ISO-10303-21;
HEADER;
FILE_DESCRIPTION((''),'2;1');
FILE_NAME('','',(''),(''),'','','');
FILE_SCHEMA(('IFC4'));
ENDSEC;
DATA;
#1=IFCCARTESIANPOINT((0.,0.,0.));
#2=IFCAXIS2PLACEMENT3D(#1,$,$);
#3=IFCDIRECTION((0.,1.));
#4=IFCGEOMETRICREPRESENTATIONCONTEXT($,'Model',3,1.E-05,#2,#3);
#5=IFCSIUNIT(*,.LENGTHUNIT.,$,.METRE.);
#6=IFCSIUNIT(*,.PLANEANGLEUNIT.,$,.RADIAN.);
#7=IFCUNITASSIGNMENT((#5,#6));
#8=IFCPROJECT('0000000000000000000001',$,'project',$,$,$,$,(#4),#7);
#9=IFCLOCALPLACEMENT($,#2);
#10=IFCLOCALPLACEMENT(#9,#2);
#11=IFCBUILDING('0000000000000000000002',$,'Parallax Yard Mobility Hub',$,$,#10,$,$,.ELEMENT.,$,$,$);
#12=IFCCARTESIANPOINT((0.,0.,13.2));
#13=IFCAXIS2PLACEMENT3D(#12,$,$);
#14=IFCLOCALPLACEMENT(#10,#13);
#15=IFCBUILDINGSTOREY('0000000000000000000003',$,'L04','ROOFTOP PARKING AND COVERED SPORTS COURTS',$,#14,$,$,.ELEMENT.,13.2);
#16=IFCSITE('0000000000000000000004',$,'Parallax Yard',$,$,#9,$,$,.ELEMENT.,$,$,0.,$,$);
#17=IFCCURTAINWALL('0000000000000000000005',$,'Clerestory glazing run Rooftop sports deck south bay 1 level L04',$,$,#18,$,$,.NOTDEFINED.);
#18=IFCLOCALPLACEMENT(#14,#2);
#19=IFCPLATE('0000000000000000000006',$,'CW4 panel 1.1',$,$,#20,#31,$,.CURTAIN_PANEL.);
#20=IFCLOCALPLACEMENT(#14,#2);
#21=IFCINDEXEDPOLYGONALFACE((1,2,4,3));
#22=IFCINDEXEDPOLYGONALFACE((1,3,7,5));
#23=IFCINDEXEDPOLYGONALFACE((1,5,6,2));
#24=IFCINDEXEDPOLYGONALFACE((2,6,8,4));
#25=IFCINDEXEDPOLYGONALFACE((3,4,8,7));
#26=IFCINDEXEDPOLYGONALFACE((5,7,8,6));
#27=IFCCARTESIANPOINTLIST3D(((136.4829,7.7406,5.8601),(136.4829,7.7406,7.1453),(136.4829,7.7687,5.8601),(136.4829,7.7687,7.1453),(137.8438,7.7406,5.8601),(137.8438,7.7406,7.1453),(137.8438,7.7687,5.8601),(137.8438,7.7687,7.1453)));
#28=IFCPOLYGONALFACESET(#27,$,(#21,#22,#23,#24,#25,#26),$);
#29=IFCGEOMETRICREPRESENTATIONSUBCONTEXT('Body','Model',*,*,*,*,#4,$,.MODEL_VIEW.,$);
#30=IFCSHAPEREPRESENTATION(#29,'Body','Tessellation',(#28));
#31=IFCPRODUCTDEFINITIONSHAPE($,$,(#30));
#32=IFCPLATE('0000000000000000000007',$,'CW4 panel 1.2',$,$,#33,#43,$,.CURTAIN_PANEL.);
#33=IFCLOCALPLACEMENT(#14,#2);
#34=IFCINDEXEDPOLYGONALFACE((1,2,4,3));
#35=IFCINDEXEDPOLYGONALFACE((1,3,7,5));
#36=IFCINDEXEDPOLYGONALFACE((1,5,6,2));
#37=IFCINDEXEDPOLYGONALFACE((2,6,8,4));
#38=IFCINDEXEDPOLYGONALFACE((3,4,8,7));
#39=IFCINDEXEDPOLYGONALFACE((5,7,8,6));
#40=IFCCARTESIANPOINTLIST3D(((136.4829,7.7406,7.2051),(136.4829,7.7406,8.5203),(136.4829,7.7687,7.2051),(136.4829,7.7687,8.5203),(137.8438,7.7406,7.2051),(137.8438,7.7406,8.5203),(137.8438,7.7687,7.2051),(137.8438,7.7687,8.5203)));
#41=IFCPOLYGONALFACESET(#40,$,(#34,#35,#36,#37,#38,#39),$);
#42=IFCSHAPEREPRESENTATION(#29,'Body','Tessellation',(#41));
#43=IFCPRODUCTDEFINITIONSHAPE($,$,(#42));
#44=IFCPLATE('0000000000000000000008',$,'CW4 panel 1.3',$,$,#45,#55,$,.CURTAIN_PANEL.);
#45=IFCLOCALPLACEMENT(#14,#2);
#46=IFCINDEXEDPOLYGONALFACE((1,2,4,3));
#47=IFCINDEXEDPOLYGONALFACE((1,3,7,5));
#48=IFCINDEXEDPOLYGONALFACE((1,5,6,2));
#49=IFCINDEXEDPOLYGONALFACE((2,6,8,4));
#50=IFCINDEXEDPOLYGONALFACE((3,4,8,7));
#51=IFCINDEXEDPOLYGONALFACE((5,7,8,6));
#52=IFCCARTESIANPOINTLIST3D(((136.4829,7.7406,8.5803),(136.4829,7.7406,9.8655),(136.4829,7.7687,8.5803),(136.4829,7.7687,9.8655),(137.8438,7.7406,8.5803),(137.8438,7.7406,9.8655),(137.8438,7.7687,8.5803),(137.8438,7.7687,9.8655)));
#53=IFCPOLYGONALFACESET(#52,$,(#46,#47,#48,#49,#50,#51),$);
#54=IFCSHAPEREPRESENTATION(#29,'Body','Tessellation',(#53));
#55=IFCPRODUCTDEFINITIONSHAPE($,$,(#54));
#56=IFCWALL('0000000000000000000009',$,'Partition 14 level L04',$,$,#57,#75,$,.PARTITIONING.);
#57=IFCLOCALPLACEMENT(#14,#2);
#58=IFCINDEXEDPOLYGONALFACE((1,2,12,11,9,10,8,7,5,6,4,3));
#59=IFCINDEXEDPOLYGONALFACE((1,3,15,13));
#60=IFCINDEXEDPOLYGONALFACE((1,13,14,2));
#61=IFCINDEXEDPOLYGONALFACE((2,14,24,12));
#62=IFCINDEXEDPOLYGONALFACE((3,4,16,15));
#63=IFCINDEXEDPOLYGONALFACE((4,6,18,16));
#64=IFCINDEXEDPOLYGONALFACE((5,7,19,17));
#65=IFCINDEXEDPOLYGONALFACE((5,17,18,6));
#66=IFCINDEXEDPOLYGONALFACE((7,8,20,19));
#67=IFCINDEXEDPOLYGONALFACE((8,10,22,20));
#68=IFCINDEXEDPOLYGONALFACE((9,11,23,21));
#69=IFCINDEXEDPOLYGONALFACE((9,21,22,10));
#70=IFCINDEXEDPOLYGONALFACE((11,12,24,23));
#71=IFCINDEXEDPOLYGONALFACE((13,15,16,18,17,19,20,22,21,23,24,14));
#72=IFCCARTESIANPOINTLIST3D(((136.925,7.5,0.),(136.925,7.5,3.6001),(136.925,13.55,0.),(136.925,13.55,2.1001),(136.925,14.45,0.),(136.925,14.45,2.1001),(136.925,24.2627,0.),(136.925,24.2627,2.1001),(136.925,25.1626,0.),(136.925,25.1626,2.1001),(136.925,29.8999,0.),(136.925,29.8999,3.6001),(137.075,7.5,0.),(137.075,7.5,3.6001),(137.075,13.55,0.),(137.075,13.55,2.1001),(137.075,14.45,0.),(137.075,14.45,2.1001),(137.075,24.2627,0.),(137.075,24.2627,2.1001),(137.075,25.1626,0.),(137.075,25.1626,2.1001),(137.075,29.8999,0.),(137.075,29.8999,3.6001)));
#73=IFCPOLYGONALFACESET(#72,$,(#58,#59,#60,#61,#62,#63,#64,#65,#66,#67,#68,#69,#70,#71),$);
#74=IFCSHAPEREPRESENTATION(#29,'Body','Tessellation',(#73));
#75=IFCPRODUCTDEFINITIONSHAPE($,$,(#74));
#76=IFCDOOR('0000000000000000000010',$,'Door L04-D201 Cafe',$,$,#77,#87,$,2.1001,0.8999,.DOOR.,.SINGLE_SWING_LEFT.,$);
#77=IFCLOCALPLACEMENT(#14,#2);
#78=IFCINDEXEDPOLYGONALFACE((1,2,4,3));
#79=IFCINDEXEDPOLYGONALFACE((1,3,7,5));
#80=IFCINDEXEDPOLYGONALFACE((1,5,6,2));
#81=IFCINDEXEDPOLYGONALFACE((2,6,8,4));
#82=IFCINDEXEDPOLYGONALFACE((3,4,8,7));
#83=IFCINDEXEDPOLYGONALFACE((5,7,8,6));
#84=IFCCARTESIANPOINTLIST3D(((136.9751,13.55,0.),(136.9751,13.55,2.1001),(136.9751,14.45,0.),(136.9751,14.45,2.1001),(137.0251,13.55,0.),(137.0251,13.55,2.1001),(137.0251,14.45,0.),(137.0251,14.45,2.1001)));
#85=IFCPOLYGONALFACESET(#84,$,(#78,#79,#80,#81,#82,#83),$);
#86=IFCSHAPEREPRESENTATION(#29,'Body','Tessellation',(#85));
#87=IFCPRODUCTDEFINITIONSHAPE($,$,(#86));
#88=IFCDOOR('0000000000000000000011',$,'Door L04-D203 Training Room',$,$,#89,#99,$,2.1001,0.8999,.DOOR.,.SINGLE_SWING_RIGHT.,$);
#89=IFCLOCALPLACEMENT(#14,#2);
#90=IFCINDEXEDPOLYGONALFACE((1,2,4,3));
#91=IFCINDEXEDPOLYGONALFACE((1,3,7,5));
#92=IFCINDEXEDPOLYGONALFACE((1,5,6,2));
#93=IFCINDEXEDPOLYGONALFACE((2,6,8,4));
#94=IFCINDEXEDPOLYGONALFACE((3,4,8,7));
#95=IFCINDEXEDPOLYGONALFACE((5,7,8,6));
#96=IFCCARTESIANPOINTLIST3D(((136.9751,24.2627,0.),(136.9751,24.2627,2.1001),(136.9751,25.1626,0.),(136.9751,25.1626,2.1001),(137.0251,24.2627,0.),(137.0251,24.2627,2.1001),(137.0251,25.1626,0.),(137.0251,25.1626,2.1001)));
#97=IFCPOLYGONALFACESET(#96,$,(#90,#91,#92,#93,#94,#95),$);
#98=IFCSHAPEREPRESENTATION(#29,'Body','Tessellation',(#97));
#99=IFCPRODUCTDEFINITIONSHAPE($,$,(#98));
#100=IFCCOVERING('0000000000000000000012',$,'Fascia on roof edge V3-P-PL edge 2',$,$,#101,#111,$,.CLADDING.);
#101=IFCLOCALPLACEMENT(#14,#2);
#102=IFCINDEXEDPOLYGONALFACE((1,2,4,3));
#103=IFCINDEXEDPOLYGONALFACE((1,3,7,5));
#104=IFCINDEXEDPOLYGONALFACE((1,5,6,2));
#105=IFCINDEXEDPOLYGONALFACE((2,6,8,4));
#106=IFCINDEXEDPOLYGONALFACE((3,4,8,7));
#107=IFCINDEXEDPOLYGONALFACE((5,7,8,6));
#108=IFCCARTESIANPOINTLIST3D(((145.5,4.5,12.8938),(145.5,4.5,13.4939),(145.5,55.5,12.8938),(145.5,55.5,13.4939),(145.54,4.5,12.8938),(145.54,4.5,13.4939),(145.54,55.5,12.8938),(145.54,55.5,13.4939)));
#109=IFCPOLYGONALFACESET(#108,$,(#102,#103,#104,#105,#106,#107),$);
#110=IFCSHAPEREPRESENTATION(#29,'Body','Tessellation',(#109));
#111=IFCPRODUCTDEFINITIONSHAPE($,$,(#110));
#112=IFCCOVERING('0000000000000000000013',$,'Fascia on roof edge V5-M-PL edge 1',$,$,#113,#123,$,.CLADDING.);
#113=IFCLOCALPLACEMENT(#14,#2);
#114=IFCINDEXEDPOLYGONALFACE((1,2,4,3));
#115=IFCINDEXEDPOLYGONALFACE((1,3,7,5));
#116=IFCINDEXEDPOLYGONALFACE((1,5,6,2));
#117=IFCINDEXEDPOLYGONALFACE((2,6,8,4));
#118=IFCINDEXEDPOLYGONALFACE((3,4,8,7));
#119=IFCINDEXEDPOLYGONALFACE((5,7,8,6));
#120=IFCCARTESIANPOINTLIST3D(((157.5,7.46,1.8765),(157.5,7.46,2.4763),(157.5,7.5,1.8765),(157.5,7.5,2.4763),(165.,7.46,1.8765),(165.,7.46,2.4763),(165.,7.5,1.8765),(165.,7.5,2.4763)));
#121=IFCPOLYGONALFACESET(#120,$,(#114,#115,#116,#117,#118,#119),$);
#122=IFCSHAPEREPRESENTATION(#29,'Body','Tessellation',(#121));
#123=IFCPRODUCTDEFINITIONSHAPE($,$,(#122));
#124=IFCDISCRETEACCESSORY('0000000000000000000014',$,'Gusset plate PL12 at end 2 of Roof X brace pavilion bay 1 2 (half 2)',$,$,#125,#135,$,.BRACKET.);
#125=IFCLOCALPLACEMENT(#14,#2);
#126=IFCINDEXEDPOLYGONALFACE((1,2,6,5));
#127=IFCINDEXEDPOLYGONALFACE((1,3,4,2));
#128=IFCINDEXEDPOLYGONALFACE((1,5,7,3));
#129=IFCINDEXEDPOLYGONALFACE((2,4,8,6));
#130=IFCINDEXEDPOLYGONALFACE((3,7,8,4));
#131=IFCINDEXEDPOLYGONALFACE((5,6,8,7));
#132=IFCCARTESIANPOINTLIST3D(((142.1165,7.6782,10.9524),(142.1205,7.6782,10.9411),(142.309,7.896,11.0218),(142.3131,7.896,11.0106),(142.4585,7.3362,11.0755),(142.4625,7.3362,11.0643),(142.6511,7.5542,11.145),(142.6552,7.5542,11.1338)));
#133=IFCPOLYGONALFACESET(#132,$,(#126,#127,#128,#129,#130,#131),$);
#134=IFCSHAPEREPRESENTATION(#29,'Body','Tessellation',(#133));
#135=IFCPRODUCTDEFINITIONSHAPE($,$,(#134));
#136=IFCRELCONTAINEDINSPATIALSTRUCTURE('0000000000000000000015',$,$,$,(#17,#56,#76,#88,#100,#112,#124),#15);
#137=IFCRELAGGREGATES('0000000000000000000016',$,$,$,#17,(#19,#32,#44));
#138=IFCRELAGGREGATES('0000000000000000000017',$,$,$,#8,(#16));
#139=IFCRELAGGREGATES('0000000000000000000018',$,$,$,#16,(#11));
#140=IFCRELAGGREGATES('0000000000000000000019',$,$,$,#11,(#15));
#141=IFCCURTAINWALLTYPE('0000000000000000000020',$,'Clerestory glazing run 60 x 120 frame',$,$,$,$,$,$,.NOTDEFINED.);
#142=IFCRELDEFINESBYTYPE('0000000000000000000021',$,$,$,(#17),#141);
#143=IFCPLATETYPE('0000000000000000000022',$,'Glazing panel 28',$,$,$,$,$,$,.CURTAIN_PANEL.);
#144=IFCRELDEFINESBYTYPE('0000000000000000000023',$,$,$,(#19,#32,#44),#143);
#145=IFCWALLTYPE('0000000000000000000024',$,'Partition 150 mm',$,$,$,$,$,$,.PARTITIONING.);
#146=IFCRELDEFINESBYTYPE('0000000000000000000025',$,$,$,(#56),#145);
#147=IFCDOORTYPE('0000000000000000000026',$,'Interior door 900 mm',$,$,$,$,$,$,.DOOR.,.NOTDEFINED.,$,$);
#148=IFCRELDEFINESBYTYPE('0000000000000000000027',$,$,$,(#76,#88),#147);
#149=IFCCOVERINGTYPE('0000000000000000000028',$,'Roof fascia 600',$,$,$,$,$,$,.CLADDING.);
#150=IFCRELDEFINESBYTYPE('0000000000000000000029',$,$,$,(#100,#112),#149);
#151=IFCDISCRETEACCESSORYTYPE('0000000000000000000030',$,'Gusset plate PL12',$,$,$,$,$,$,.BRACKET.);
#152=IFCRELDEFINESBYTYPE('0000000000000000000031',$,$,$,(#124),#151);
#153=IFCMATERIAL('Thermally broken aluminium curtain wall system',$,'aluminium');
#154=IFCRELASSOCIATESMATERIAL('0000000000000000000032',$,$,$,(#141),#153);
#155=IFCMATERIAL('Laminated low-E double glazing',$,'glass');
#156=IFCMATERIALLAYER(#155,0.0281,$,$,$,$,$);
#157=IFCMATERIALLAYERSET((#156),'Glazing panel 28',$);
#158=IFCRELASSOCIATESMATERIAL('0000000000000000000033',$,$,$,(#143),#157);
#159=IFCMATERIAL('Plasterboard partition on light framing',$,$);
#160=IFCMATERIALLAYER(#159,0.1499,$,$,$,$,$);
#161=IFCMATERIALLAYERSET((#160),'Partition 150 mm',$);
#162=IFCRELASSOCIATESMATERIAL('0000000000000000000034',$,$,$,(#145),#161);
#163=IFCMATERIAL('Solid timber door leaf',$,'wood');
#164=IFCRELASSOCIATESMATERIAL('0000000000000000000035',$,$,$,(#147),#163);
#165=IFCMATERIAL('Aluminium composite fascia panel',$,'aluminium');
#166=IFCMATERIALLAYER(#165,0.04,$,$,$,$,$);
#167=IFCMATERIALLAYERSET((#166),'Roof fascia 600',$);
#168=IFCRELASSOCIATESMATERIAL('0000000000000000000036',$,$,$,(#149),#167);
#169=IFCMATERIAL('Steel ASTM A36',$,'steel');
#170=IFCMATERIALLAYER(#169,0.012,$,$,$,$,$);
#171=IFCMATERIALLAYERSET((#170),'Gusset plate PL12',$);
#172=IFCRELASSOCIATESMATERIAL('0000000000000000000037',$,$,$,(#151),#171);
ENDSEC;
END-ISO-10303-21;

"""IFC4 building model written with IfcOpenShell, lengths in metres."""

from ifc_helpers import new_model, si_unit, direction, frame, frame_2d, origin, origin_2d, place, context, subcontext, project, spatial, polyline, rectangle, outline, extrude, material, layer, layer_set, type_object, element, fill, aggregate, save


model = new_model("IFC4")

# Units and contexts
model_context = context("Model", 3, precision=1e-05, world=origin(), true_north=direction((0.0, 1.0)))
body_context = subcontext(model_context, "Body", "Model", "MODEL_VIEW")
ifc_project = project(units=[si_unit("LENGTHUNIT", "METRE"), si_unit("PLANEANGLEUNIT", "RADIAN")], contexts=[model_context])

# Site, building, storey
site_placement = place(None, origin())
site = spatial("IfcSite", under=ifc_project, at=site_placement, Name="Parallax Yard", CompositionType="ELEMENT", RefElevation=0.0)
building_placement = place(site_placement, origin())
building = spatial("IfcBuilding", under=site, at=building_placement, Name="Parallax Yard Mobility Hub", CompositionType="ELEMENT")
storey_placement = place(building_placement, frame((0.0, 0.0, 13.2)))
storey = spatial("IfcBuildingStorey", under=building, at=storey_placement, Name="L04", Description="ROOFTOP PARKING AND COVERED SPORTS COURTS", CompositionType="ELEMENT", Elevation=13.2)

# Shared definitions
ifc_material_1 = material(Name="Thermally broken aluminium curtain wall system", Category="aluminium")
curtain_wall_type = type_object("IfcCurtainWallType", Name="Clerestory glazing run 60 x 120 frame", PredefinedType="NOTDEFINED", material=ifc_material_1)

# Curtain wall
curtain_wall_1_placement = place(storey_placement, origin())
curtain_wall_1 = element("IfcCurtainWall", 1, at=curtain_wall_1_placement, inside=storey, type_object=curtain_wall_type, Name="Clerestory glazing run Rooftop sports deck south bay 1 level L04", PredefinedType="NOTDEFINED")

# Plates
ifc_material_2 = material(Name="Laminated low-E double glazing", Category="glass")
ifc_layer_1 = layer(ifc_material_2, 0.0281)
ifc_layer_set_1 = layer_set([ifc_layer_1], Name="Glazing panel 28")
plate_type = type_object("IfcPlateType", Name="Glazing panel 28", PredefinedType="CURTAIN_PANEL", material=ifc_layer_set_1)
plate_1_placement = place(storey_placement, frame((137.1633, 7.7546, 5.8601), z_axis=(0.0, 0.0, 1.0), x_axis=(1.0, 0.0, 0.0)))
plate_1 = element("IfcPlate", 2, at=plate_1_placement, type_object=plate_type, Name="CW4 panel 1.1", PredefinedType="CURTAIN_PANEL", context=body_context, shape_type="SweptSolid", body=[
    extrude(rectangle(XDim=1.3608, YDim=0.0281, at=origin_2d()), origin(), (0.0, 0.0, 1.0), 1.2852),
])
plate_2_placement = place(storey_placement, frame((137.1633, 7.7546, 7.2051), z_axis=(0.0, 0.0, 1.0), x_axis=(1.0, 0.0, 0.0)))
plate_2 = element("IfcPlate", 3, at=plate_2_placement, type_object=plate_type, Name="CW4 panel 1.2", PredefinedType="CURTAIN_PANEL", context=body_context, shape_type="SweptSolid", body=[
    extrude(rectangle(XDim=1.3608, YDim=0.0281, at=origin_2d()), origin(), (0.0, 0.0, 1.0), 1.3152),
])
plate_3_placement = place(storey_placement, frame((137.1633, 7.7546, 8.5803), z_axis=(0.0, 0.0, 1.0), x_axis=(1.0, 0.0, 0.0)))
plate_3 = element("IfcPlate", 4, at=plate_3_placement, type_object=plate_type, Name="CW4 panel 1.3", PredefinedType="CURTAIN_PANEL", context=body_context, shape_type="SweptSolid", body=[
    extrude(rectangle(XDim=1.3608, YDim=0.0281, at=origin_2d()), origin(), (0.0, 0.0, 1.0), 1.2852),
])
aggregate(curtain_wall_1, [plate_1, plate_2, plate_3])

# Wall, openings, doors
ifc_material_3 = material(Name="Plasterboard partition on light framing")
ifc_layer_2 = layer(ifc_material_3, 0.1499)
ifc_layer_set_2 = layer_set([ifc_layer_2], Name="Partition 150 mm")
wall_type = type_object("IfcWallType", Name="Partition 150 mm", PredefinedType="PARTITIONING", material=ifc_layer_set_2)
wall_placement = place(storey_placement, frame((137.0, 7.5, 0.0), z_axis=(0.0, 0.0, 1.0), x_axis=(0.0, 1.0, 0.0)))
wall = element("IfcWall", 5, at=wall_placement, inside=storey, type_object=wall_type, Name="Partition 14 level L04", PredefinedType="PARTITIONING", context=body_context, shape_type="SweptSolid", body=[
    extrude(rectangle(XDim=22.3999, YDim=0.1499, at=frame_2d((11.2, 0.0))), origin(), (0.0, 0.0, 1.0), 3.6001),
])
opening_1_placement = place(wall_placement, frame((6.05, 0.0, 0.0)))
opening_1 = element("IfcOpeningElement", 6, at=opening_1_placement, cuts=wall, PredefinedType="OPENING", context=body_context, shape_type="SweptSolid", body=[
    extrude(rectangle(XDim=0.8999, YDim=2.1001, at=frame_2d((0.45, 1.05))), frame((0.0, 0.085, 0.0), z_axis=(0.0, -1.0, 0.0), x_axis=(1.0, 0.0, 0.0)), (0.0, 0.0, 1.0), 0.1699),
])
opening_2_placement = place(wall_placement, frame((16.7627, 0.0, 0.0)))
opening_2 = element("IfcOpeningElement", 7, at=opening_2_placement, cuts=wall, PredefinedType="OPENING", context=body_context, shape_type="SweptSolid", body=[
    extrude(rectangle(XDim=0.8999, YDim=2.1001, at=frame_2d((0.45, 1.05))), frame((0.0, 0.085, 0.0), z_axis=(0.0, -1.0, 0.0), x_axis=(1.0, 0.0, 0.0)), (0.0, 0.0, 1.0), 0.1699),
])
ifc_material_4 = material(Name="Solid timber door leaf", Category="wood")
door_type = type_object("IfcDoorType", Name="Interior door 900 mm", OperationType="NOTDEFINED", PredefinedType="DOOR", material=ifc_material_4)
door_1_placement = place(opening_1_placement, origin())
door_1 = element("IfcDoor", 8, at=door_1_placement, inside=storey, type_object=door_type, Name="Door L04-D201 Cafe", OperationType="SINGLE_SWING_LEFT", OverallHeight=2.1001, OverallWidth=0.8999, PredefinedType="DOOR", context=body_context, shape_type="SweptSolid", body=[
    extrude(rectangle(XDim=0.8999, YDim=2.1001, at=frame_2d((0.45, 1.05))), frame((0.0, 0.0249, 0.0), z_axis=(0.0, -1.0, 0.0), x_axis=(1.0, 0.0, 0.0)), (0.0, 0.0, 1.0), 0.05),
])
fill(opening_1, door_1)
door_2_placement = place(opening_2_placement, origin())
door_2 = element("IfcDoor", 9, at=door_2_placement, inside=storey, type_object=door_type, Name="Door L04-D203 Training Room", OperationType="SINGLE_SWING_RIGHT", OverallHeight=2.1001, OverallWidth=0.8999, PredefinedType="DOOR", context=body_context, shape_type="SweptSolid", body=[
    extrude(rectangle(XDim=0.8999, YDim=2.1001, at=frame_2d((0.45, 1.05))), frame((0.0, 0.0249, 0.0), z_axis=(0.0, -1.0, 0.0), x_axis=(1.0, 0.0, 0.0)), (0.0, 0.0, 1.0), 0.05),
])
fill(opening_2, door_2)

# Coverings
ifc_material_5 = material(Name="Aluminium composite fascia panel", Category="aluminium")
ifc_layer_3 = layer(ifc_material_5, 0.04)
ifc_layer_set_3 = layer_set([ifc_layer_3], Name="Roof fascia 600")
covering_type = type_object("IfcCoveringType", Name="Roof fascia 600", PredefinedType="CLADDING", material=ifc_layer_set_3)
covering_1_placement = place(storey_placement, frame((145.5, 4.5, 13.4939), z_axis=(-1.0, 0.0, 0.0), x_axis=(0.0, 1.0, 0.0)))
element("IfcCovering", 10, at=covering_1_placement, inside=storey, type_object=covering_type, Name="Fascia on roof edge V3-P-PL edge 2", PredefinedType="CLADDING", context=body_context, shape_type="SweptSolid", body=[
    extrude(outline(polyline([(0.0, 0.0), (51.0, 0.0), (51.0, 0.6001), (0.0, 0.6001), (0.0, 0.0)])), origin(), (0.0, 0.0, -1.0), 0.04),
])
covering_2_placement = place(storey_placement, frame((157.5, 7.5, 2.4763), z_axis=(0.0, 1.0, 0.0), x_axis=(1.0, 0.0, 0.0)))
element("IfcCovering", 11, at=covering_2_placement, inside=storey, type_object=covering_type, Name="Fascia on roof edge V5-M-PL edge 1", PredefinedType="CLADDING", context=body_context, shape_type="SweptSolid", body=[
    extrude(outline(polyline([(0.0, 0.0), (7.5, 0.0), (7.5, 0.5999), (0.0, 0.5999), (0.0, 0.0)])), origin(), (0.0, 0.0, -1.0), 0.04),
])

# Discrete accessory
ifc_material_6 = material(Name="Steel ASTM A36", Category="steel")
ifc_layer_4 = layer(ifc_material_6, 0.012)
ifc_layer_set_4 = layer_set([ifc_layer_4], Name="Gusset plate PL12")
discrete_accessory_type = type_object("IfcDiscreteAccessoryType", Name="Gusset plate PL12", PredefinedType="BRACKET", material=ifc_layer_set_4)
discrete_accessory_placement = place(storey_placement, frame((142.1165, 7.6782, 10.9524), z_axis=(-0.338991, -0.000213, 0.940789), x_axis=(0.685205, -0.685283, 0.246742)))
element("IfcDiscreteAccessory", 12, at=discrete_accessory_placement, inside=storey, type_object=discrete_accessory_type, Name="Gusset plate PL12 at end 2 of Roof X brace pavilion bay 1 2 (half 2)", PredefinedType="BRACKET", context=body_context, shape_type="SweptSolid", body=[
    extrude(outline(polyline([(0.0, 0.0), (0.4991, 0.0), (0.4989, 0.2991), (-0.0001, 0.2989), (0.0, 0.0)])), origin(), (0.0, 0.0, -1.0), 0.012),
])

save(model, "model.ifc")
